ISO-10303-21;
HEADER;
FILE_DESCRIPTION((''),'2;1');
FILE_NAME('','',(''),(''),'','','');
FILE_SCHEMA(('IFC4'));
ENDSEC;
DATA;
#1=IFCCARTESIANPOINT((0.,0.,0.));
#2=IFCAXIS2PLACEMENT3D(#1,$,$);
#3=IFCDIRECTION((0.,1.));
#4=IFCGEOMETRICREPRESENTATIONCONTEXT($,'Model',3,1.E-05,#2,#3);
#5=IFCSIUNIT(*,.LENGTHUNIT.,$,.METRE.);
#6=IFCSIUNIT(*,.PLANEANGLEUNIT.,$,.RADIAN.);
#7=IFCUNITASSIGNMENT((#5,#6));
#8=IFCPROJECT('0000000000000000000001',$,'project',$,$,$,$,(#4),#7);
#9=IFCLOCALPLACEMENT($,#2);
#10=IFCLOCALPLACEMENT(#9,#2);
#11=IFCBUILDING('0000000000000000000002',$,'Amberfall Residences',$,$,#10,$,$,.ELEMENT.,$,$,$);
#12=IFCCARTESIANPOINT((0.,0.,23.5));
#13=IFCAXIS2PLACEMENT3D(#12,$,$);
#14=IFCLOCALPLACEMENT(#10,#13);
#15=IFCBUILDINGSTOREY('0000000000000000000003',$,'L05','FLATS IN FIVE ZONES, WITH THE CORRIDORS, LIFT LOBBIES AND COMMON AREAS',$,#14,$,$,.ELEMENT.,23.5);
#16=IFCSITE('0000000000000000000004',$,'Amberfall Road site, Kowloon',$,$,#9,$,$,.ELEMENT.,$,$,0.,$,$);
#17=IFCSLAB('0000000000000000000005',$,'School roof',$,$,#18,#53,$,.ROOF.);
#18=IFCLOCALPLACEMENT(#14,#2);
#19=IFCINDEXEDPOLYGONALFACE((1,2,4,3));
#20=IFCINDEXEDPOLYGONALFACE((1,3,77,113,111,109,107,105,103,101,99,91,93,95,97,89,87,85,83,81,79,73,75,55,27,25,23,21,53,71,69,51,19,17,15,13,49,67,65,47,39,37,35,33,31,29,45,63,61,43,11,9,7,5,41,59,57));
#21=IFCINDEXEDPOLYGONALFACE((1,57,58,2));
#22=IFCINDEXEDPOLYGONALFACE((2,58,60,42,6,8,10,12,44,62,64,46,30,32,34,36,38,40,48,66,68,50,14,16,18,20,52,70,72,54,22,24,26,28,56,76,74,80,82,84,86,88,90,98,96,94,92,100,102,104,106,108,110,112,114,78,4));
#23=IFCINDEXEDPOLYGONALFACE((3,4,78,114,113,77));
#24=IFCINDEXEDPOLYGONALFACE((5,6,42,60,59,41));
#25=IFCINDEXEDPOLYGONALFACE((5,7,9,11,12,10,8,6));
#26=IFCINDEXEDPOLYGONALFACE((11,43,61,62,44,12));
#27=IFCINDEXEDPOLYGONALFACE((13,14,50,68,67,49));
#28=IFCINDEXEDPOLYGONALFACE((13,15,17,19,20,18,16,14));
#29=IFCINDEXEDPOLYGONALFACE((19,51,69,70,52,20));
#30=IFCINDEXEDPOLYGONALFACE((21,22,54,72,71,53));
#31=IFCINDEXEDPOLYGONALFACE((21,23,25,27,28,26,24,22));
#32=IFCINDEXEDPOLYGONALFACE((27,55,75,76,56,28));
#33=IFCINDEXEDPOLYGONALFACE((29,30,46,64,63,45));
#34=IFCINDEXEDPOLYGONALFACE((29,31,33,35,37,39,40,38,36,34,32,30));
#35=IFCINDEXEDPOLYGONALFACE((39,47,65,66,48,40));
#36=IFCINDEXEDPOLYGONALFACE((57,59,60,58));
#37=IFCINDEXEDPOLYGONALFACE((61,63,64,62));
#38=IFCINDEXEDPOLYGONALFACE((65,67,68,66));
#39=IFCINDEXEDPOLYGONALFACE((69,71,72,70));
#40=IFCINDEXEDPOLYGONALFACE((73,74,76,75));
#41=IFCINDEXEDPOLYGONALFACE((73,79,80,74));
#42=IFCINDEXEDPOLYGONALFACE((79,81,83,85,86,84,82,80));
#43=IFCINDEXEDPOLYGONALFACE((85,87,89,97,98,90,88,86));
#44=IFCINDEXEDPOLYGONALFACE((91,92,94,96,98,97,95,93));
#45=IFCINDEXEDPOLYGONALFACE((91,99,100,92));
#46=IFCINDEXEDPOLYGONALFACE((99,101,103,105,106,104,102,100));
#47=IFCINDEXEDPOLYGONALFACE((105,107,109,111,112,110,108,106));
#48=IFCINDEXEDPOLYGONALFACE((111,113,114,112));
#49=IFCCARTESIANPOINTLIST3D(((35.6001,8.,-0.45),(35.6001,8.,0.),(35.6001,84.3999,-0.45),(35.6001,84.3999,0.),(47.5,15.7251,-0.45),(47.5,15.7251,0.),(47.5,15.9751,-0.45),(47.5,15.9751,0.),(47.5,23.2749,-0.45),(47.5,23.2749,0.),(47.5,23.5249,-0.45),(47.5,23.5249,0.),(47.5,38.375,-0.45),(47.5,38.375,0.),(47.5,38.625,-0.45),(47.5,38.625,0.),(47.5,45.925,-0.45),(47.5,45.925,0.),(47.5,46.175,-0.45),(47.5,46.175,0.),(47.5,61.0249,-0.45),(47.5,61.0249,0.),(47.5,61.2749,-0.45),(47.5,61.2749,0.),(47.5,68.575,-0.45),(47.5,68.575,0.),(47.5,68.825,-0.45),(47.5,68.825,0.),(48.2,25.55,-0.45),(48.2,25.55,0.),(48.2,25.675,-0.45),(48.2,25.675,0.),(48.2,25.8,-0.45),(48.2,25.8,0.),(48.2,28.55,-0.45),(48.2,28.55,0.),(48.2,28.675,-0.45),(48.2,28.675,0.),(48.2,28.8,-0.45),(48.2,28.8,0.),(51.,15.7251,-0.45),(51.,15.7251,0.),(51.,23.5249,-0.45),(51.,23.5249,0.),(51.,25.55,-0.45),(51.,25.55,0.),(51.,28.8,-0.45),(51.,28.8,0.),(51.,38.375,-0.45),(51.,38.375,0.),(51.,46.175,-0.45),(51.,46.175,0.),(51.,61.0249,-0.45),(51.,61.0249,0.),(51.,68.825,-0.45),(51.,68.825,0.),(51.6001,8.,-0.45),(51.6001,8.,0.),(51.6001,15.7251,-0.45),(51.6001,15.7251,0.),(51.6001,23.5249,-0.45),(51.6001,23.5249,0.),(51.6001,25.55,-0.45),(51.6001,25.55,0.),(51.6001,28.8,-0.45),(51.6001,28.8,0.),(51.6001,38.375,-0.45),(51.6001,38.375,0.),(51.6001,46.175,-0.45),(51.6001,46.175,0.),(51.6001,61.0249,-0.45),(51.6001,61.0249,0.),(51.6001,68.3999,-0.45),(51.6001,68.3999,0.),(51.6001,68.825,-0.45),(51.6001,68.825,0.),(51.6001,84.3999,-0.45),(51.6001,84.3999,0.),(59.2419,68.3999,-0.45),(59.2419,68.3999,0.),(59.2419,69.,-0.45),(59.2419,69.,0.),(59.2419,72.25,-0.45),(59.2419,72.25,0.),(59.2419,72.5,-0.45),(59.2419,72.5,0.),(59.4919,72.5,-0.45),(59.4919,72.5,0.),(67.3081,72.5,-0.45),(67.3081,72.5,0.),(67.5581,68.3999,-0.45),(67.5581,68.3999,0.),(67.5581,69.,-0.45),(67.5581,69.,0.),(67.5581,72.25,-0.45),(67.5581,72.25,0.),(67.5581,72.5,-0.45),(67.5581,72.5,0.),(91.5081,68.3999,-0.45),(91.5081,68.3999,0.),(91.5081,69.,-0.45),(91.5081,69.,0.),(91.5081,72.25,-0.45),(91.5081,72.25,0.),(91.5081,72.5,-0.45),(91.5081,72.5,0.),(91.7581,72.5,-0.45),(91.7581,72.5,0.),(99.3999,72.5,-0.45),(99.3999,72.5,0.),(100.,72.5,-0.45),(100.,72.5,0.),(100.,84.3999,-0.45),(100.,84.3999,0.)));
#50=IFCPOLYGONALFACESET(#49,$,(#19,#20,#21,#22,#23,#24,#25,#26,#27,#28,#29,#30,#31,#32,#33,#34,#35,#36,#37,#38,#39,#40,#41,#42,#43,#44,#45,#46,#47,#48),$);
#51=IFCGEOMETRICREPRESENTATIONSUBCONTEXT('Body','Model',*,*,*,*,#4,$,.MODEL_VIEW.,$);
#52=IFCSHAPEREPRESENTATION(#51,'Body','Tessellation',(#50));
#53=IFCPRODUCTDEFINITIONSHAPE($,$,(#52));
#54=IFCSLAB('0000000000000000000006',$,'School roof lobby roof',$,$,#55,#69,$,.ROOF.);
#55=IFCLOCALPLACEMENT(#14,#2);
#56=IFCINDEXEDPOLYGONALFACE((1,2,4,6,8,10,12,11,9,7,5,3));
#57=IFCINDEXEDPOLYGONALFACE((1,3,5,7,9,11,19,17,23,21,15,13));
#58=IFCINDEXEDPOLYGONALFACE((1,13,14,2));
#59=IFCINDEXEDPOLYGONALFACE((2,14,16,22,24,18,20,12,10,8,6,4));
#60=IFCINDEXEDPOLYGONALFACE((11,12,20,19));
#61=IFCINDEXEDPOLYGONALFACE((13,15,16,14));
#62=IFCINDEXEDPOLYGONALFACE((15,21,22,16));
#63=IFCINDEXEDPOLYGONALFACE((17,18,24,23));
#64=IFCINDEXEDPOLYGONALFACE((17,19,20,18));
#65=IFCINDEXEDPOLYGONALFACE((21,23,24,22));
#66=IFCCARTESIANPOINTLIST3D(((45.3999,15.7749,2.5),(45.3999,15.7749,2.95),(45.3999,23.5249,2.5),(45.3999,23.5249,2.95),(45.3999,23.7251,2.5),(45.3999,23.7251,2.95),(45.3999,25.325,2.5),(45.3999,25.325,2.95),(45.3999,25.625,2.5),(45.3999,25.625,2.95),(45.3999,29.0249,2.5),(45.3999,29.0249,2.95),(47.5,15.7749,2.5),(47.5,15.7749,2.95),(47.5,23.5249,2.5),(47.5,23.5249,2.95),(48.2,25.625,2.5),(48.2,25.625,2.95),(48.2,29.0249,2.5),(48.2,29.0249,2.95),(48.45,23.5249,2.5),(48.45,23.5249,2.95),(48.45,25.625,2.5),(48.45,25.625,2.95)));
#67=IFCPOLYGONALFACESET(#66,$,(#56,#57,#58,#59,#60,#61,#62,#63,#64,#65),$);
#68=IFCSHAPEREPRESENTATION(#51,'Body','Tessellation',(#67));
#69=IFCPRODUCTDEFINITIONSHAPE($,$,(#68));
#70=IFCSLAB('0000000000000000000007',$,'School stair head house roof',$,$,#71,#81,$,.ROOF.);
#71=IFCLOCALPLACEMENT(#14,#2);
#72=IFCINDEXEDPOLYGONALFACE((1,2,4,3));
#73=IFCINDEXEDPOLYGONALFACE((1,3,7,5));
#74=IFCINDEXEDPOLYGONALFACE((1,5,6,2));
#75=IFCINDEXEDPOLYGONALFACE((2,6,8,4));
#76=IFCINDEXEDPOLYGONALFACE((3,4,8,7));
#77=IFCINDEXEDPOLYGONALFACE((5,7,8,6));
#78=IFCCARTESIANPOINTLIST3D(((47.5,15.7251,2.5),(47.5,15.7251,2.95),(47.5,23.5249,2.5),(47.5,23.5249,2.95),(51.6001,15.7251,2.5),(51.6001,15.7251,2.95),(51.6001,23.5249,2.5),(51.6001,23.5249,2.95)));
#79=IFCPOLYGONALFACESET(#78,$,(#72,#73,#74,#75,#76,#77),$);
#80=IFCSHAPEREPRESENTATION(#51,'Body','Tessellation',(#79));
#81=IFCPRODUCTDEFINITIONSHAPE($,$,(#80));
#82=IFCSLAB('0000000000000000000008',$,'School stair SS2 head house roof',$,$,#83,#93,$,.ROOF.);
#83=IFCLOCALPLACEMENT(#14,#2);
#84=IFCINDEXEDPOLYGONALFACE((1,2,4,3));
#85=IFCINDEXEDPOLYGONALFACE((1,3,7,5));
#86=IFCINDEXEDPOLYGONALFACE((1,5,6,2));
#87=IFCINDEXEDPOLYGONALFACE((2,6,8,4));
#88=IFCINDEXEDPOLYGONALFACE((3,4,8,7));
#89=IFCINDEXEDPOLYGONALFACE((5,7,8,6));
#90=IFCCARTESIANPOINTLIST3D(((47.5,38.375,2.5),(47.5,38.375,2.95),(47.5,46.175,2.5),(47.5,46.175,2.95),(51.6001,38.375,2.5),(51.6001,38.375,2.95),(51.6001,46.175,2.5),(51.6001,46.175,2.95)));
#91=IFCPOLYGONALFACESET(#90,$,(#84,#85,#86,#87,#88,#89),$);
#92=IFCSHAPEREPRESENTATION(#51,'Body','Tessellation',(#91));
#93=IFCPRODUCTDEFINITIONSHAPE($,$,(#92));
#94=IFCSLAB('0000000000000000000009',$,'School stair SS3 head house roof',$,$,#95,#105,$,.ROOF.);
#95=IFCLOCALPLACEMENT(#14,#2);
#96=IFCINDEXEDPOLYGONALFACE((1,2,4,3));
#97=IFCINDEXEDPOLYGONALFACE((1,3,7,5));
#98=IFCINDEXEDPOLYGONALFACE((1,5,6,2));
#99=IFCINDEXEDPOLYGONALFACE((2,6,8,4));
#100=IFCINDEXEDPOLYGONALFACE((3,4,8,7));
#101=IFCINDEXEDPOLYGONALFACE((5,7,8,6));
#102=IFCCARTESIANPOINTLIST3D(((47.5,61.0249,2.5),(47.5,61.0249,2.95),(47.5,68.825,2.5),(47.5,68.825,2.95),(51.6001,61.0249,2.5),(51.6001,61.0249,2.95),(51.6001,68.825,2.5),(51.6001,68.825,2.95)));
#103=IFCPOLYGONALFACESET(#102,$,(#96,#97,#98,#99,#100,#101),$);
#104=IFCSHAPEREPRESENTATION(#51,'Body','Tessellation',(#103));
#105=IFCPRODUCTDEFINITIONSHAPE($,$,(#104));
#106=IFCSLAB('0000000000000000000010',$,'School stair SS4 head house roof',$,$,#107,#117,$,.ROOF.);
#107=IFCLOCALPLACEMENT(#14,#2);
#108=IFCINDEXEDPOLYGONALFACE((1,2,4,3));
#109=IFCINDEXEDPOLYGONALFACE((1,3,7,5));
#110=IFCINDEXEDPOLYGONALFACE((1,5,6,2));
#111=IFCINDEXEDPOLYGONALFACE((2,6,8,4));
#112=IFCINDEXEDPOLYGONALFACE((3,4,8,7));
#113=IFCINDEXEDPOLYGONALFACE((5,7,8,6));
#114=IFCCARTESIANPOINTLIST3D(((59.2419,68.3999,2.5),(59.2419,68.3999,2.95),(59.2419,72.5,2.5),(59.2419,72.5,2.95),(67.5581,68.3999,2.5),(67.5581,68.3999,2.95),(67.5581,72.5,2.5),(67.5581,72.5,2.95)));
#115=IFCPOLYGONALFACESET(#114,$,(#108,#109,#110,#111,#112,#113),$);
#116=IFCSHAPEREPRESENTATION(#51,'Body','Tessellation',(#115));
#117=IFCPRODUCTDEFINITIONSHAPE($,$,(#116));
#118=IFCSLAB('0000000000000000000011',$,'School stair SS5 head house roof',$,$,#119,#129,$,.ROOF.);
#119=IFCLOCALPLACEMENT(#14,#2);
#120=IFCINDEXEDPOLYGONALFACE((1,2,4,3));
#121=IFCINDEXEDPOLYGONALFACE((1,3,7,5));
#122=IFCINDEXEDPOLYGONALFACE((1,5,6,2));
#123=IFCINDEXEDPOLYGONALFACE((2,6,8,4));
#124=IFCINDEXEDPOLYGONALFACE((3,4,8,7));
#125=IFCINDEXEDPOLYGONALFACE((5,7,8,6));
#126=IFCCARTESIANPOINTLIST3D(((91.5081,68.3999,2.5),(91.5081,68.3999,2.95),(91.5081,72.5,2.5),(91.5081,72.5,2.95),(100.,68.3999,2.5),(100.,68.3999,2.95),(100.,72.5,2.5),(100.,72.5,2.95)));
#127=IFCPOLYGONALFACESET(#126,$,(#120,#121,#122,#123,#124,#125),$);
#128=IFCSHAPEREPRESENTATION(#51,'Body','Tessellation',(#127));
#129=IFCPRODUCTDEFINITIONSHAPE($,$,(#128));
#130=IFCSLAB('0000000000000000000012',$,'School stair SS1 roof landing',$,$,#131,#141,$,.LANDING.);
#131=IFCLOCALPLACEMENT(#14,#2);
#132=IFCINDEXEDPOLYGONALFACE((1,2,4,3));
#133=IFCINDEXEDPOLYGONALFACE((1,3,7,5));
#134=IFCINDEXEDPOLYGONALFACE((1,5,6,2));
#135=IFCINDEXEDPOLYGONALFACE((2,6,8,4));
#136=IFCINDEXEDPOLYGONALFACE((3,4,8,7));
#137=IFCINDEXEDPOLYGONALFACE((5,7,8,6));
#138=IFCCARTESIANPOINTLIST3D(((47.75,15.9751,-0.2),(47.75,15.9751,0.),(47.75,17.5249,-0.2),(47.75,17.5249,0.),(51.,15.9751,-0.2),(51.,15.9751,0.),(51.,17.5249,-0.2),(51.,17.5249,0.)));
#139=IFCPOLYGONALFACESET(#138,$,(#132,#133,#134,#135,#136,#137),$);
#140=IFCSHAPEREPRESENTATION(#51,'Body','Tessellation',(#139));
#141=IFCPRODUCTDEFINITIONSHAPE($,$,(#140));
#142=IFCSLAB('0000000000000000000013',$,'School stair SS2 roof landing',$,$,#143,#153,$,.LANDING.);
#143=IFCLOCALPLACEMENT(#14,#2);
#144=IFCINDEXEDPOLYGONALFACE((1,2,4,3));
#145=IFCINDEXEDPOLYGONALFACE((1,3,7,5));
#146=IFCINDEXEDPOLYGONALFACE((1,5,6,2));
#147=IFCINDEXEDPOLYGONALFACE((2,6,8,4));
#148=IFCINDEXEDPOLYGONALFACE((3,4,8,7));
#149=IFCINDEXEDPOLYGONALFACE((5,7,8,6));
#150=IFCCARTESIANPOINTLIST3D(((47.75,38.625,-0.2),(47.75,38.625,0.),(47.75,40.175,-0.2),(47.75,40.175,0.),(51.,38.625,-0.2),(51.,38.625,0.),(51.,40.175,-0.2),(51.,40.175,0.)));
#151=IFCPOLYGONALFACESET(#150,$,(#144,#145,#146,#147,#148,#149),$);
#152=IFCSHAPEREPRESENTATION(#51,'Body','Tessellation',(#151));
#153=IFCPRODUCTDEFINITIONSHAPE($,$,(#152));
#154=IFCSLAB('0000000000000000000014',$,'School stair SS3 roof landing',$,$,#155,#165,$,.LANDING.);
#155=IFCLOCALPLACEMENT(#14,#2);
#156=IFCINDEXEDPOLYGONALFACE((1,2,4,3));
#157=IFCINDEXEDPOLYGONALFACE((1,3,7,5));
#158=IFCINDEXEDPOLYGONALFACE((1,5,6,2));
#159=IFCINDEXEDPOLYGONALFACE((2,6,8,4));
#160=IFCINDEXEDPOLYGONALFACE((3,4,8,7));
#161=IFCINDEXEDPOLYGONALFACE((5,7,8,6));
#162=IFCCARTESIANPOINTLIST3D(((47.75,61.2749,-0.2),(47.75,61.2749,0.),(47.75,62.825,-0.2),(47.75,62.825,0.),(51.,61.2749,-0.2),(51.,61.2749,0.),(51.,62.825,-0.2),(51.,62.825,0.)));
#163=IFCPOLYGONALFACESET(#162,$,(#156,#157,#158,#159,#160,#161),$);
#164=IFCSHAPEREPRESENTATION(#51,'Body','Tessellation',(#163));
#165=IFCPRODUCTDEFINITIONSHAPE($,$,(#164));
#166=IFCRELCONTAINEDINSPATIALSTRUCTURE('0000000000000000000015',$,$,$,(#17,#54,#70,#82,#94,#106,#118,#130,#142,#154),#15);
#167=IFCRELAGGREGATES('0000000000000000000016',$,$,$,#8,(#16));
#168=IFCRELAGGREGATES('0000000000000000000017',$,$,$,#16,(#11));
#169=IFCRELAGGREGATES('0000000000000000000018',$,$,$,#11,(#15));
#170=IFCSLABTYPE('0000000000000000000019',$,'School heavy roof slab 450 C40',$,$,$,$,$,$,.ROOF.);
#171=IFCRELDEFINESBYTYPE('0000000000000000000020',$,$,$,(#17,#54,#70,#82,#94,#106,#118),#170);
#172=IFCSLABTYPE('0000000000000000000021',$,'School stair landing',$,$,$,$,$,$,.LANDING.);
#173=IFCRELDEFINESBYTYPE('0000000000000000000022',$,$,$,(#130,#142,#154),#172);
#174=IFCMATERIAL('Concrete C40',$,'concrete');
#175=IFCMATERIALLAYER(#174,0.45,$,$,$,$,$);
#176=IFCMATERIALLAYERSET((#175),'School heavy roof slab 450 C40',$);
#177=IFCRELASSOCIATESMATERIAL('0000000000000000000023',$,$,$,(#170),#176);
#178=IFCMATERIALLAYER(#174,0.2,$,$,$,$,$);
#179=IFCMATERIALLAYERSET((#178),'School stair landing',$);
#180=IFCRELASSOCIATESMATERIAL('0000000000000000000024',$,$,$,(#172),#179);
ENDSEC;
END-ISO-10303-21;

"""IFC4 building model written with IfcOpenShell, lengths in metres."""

from ifc_helpers import new_model, si_unit, direction, frame, origin, place, context, subcontext, project, spatial, polyline, outline, extrude, material, layer, layer_set, type_object, element, save


model = new_model("IFC4")

# Units and contexts
model_context = context("Model", 3, precision=1e-05, world=origin(), true_north=direction((0.0, 1.0)))
body_context = subcontext(model_context, "Body", "Model", "MODEL_VIEW")
ifc_project = project(units=[si_unit("LENGTHUNIT", "METRE"), si_unit("PLANEANGLEUNIT", "RADIAN")], contexts=[model_context])

# Site, building, storey
site_placement = place(None, origin())
site = spatial("IfcSite", under=ifc_project, at=site_placement, Name="Amberfall Road site, Kowloon", CompositionType="ELEMENT", RefElevation=0.0)
building_placement = place(site_placement, origin())
building = spatial("IfcBuilding", under=site, at=building_placement, Name="Amberfall Residences", CompositionType="ELEMENT")
storey_placement = place(building_placement, frame((0.0, 0.0, 23.5)))
storey = spatial("IfcBuildingStorey", under=building, at=storey_placement, Name="L05", Description="FLATS IN FIVE ZONES, WITH THE CORRIDORS, LIFT LOBBIES AND COMMON AREAS", CompositionType="ELEMENT", Elevation=23.5)

# Slabs
ifc_material_1 = material(Name="Concrete C40", Category="concrete")
ifc_layer_1 = layer(ifc_material_1, 0.45)
ifc_layer_set_1 = layer_set([ifc_layer_1], Name="School heavy roof slab 450 C40")
slab_type_1 = type_object("IfcSlabType", Name="School heavy roof slab 450 C40", PredefinedType="ROOF", material=ifc_layer_set_1)
slab_1_placement = place(storey_placement, frame((0.0, 0.0, -0.45)))
element("IfcSlab", 1, at=slab_1_placement, inside=storey, type_object=slab_type_1, Name="School roof", PredefinedType="ROOF", context=body_context, shape_type="SweptSolid", body=[
    extrude(outline(polyline([(35.6001, 84.3999), (35.6001, 8.0), (51.6001, 8.0), (51.6001, 15.7251), (51.0, 15.7251), (47.5, 15.7251), (47.5, 15.9751), (47.5, 23.2749), (47.5, 23.5249), (51.0, 23.5249), (51.6001, 23.5249), (51.6001, 25.55), (51.0, 25.55), (48.2, 25.55), (48.2, 25.675), (48.2, 25.8), (48.2, 28.55), (48.2, 28.675), (48.2, 28.8), (51.0, 28.8), (51.6001, 28.8), (51.6001, 38.375), (51.0, 38.375), (47.5, 38.375), (47.5, 38.625), (47.5, 45.925), (47.5, 46.175), (51.0, 46.175), (51.6001, 46.175), (51.6001, 61.0249), (51.0, 61.0249), (47.5, 61.0249), (47.5, 61.2749), (47.5, 68.575), (47.5, 68.825), (51.0, 68.825), (51.6001, 68.825), (51.6001, 68.3999), (59.2419, 68.3999), (59.2419, 69.0), (59.2419, 72.25), (59.2419, 72.5), (59.4919, 72.5), (67.3081, 72.5), (67.5581, 72.5), (67.5581, 72.25), (67.5581, 69.0), (67.5581, 68.3999), (91.5081, 68.3999), (91.5081, 69.0), (91.5081, 72.25), (91.5081, 72.5), (91.7581, 72.5), (99.3999, 72.5), (100.0, 72.5), (100.0, 84.3999), (51.6001, 84.3999), (35.6001, 84.3999)])), origin(), (0.0, 0.0, 1.0), 0.45),
])
slab_2_placement = place(storey_placement, frame((0.0, 0.0, 2.5)))
element("IfcSlab", 2, at=slab_2_placement, inside=storey, type_object=slab_type_1, Name="School roof lobby roof", PredefinedType="ROOF", context=body_context, shape_type="SweptSolid", body=[
    extrude(outline(polyline([(45.3999, 23.5249), (45.3999, 15.7749), (47.5, 15.7749), (47.5, 23.5249), (48.45, 23.5249), (48.45, 25.625), (48.2, 25.625), (48.2, 29.0249), (45.3999, 29.0249), (45.3999, 25.625), (45.3999, 25.325), (45.3999, 23.7251), (45.3999, 23.5249)])), origin(), (0.0, 0.0, 1.0), 0.45),
])
slab_3_placement = place(storey_placement, frame((0.0, 0.0, 2.5)))
element("IfcSlab", 3, at=slab_3_placement, inside=storey, type_object=slab_type_1, Name="School stair head house roof", PredefinedType="ROOF", context=body_context, shape_type="SweptSolid", body=[
    extrude(outline(polyline([(47.5, 15.7251), (51.6001, 15.7251), (51.6001, 23.5249), (47.5, 23.5249), (47.5, 15.7251)])), origin(), (0.0, 0.0, 1.0), 0.45),
])
slab_4_placement = place(storey_placement, frame((0.0, 0.0, 2.5)))
element("IfcSlab", 4, at=slab_4_placement, inside=storey, type_object=slab_type_1, Name="School stair SS2 head house roof", PredefinedType="ROOF", context=body_context, shape_type="SweptSolid", body=[
    extrude(outline(polyline([(47.5, 38.375), (51.6001, 38.375), (51.6001, 46.175), (47.5, 46.175), (47.5, 38.375)])), origin(), (0.0, 0.0, 1.0), 0.45),
])
slab_5_placement = place(storey_placement, frame((0.0, 0.0, 2.5)))
element("IfcSlab", 5, at=slab_5_placement, inside=storey, type_object=slab_type_1, Name="School stair SS3 head house roof", PredefinedType="ROOF", context=body_context, shape_type="SweptSolid", body=[
    extrude(outline(polyline([(47.5, 61.0249), (51.6001, 61.0249), (51.6001, 68.825), (47.5, 68.825), (47.5, 61.0249)])), origin(), (0.0, 0.0, 1.0), 0.45),
])
slab_6_placement = place(storey_placement, frame((0.0, 0.0, 2.5)))
element("IfcSlab", 6, at=slab_6_placement, inside=storey, type_object=slab_type_1, Name="School stair SS4 head house roof", PredefinedType="ROOF", context=body_context, shape_type="SweptSolid", body=[
    extrude(outline(polyline([(59.2419, 68.3999), (67.5581, 68.3999), (67.5581, 72.5), (59.2419, 72.5), (59.2419, 68.3999)])), origin(), (0.0, 0.0, 1.0), 0.45),
])
slab_7_placement = place(storey_placement, frame((0.0, 0.0, 2.5)))
element("IfcSlab", 7, at=slab_7_placement, inside=storey, type_object=slab_type_1, Name="School stair SS5 head house roof", PredefinedType="ROOF", context=body_context, shape_type="SweptSolid", body=[
    extrude(outline(polyline([(91.5081, 68.3999), (100.0, 68.3999), (100.0, 72.5), (91.5081, 72.5), (91.5081, 68.3999)])), origin(), (0.0, 0.0, 1.0), 0.45),
])
ifc_layer_2 = layer(ifc_material_1, 0.2)
ifc_layer_set_2 = layer_set([ifc_layer_2], Name="School stair landing")
slab_type_2 = type_object("IfcSlabType", Name="School stair landing", PredefinedType="LANDING", material=ifc_layer_set_2)
slab_8_placement = place(storey_placement, frame((0.0, 0.0, -0.2)))
element("IfcSlab", 8, at=slab_8_placement, inside=storey, type_object=slab_type_2, Name="School stair SS1 roof landing", PredefinedType="LANDING", context=body_context, shape_type="SweptSolid", body=[
    extrude(outline(polyline([(51.0, 15.9751), (51.0, 17.5249), (47.75, 17.5249), (47.75, 15.9751), (51.0, 15.9751)])), origin(), (0.0, 0.0, 1.0), 0.2),
])
slab_9_placement = place(storey_placement, frame((0.0, 0.0, -0.2)))
element("IfcSlab", 9, at=slab_9_placement, inside=storey, type_object=slab_type_2, Name="School stair SS2 roof landing", PredefinedType="LANDING", context=body_context, shape_type="SweptSolid", body=[
    extrude(outline(polyline([(51.0, 38.625), (51.0, 40.175), (47.75, 40.175), (47.75, 38.625), (51.0, 38.625)])), origin(), (0.0, 0.0, 1.0), 0.2),
])
slab_10_placement = place(storey_placement, frame((0.0, 0.0, -0.2)))
element("IfcSlab", 10, at=slab_10_placement, inside=storey, type_object=slab_type_2, Name="School stair SS3 roof landing", PredefinedType="LANDING", context=body_context, shape_type="SweptSolid", body=[
    extrude(outline(polyline([(51.0, 61.2749), (51.0, 62.825), (47.75, 62.825), (47.75, 61.2749), (51.0, 61.2749)])), origin(), (0.0, 0.0, 1.0), 0.2),
])

save(model, "model.ifc")
